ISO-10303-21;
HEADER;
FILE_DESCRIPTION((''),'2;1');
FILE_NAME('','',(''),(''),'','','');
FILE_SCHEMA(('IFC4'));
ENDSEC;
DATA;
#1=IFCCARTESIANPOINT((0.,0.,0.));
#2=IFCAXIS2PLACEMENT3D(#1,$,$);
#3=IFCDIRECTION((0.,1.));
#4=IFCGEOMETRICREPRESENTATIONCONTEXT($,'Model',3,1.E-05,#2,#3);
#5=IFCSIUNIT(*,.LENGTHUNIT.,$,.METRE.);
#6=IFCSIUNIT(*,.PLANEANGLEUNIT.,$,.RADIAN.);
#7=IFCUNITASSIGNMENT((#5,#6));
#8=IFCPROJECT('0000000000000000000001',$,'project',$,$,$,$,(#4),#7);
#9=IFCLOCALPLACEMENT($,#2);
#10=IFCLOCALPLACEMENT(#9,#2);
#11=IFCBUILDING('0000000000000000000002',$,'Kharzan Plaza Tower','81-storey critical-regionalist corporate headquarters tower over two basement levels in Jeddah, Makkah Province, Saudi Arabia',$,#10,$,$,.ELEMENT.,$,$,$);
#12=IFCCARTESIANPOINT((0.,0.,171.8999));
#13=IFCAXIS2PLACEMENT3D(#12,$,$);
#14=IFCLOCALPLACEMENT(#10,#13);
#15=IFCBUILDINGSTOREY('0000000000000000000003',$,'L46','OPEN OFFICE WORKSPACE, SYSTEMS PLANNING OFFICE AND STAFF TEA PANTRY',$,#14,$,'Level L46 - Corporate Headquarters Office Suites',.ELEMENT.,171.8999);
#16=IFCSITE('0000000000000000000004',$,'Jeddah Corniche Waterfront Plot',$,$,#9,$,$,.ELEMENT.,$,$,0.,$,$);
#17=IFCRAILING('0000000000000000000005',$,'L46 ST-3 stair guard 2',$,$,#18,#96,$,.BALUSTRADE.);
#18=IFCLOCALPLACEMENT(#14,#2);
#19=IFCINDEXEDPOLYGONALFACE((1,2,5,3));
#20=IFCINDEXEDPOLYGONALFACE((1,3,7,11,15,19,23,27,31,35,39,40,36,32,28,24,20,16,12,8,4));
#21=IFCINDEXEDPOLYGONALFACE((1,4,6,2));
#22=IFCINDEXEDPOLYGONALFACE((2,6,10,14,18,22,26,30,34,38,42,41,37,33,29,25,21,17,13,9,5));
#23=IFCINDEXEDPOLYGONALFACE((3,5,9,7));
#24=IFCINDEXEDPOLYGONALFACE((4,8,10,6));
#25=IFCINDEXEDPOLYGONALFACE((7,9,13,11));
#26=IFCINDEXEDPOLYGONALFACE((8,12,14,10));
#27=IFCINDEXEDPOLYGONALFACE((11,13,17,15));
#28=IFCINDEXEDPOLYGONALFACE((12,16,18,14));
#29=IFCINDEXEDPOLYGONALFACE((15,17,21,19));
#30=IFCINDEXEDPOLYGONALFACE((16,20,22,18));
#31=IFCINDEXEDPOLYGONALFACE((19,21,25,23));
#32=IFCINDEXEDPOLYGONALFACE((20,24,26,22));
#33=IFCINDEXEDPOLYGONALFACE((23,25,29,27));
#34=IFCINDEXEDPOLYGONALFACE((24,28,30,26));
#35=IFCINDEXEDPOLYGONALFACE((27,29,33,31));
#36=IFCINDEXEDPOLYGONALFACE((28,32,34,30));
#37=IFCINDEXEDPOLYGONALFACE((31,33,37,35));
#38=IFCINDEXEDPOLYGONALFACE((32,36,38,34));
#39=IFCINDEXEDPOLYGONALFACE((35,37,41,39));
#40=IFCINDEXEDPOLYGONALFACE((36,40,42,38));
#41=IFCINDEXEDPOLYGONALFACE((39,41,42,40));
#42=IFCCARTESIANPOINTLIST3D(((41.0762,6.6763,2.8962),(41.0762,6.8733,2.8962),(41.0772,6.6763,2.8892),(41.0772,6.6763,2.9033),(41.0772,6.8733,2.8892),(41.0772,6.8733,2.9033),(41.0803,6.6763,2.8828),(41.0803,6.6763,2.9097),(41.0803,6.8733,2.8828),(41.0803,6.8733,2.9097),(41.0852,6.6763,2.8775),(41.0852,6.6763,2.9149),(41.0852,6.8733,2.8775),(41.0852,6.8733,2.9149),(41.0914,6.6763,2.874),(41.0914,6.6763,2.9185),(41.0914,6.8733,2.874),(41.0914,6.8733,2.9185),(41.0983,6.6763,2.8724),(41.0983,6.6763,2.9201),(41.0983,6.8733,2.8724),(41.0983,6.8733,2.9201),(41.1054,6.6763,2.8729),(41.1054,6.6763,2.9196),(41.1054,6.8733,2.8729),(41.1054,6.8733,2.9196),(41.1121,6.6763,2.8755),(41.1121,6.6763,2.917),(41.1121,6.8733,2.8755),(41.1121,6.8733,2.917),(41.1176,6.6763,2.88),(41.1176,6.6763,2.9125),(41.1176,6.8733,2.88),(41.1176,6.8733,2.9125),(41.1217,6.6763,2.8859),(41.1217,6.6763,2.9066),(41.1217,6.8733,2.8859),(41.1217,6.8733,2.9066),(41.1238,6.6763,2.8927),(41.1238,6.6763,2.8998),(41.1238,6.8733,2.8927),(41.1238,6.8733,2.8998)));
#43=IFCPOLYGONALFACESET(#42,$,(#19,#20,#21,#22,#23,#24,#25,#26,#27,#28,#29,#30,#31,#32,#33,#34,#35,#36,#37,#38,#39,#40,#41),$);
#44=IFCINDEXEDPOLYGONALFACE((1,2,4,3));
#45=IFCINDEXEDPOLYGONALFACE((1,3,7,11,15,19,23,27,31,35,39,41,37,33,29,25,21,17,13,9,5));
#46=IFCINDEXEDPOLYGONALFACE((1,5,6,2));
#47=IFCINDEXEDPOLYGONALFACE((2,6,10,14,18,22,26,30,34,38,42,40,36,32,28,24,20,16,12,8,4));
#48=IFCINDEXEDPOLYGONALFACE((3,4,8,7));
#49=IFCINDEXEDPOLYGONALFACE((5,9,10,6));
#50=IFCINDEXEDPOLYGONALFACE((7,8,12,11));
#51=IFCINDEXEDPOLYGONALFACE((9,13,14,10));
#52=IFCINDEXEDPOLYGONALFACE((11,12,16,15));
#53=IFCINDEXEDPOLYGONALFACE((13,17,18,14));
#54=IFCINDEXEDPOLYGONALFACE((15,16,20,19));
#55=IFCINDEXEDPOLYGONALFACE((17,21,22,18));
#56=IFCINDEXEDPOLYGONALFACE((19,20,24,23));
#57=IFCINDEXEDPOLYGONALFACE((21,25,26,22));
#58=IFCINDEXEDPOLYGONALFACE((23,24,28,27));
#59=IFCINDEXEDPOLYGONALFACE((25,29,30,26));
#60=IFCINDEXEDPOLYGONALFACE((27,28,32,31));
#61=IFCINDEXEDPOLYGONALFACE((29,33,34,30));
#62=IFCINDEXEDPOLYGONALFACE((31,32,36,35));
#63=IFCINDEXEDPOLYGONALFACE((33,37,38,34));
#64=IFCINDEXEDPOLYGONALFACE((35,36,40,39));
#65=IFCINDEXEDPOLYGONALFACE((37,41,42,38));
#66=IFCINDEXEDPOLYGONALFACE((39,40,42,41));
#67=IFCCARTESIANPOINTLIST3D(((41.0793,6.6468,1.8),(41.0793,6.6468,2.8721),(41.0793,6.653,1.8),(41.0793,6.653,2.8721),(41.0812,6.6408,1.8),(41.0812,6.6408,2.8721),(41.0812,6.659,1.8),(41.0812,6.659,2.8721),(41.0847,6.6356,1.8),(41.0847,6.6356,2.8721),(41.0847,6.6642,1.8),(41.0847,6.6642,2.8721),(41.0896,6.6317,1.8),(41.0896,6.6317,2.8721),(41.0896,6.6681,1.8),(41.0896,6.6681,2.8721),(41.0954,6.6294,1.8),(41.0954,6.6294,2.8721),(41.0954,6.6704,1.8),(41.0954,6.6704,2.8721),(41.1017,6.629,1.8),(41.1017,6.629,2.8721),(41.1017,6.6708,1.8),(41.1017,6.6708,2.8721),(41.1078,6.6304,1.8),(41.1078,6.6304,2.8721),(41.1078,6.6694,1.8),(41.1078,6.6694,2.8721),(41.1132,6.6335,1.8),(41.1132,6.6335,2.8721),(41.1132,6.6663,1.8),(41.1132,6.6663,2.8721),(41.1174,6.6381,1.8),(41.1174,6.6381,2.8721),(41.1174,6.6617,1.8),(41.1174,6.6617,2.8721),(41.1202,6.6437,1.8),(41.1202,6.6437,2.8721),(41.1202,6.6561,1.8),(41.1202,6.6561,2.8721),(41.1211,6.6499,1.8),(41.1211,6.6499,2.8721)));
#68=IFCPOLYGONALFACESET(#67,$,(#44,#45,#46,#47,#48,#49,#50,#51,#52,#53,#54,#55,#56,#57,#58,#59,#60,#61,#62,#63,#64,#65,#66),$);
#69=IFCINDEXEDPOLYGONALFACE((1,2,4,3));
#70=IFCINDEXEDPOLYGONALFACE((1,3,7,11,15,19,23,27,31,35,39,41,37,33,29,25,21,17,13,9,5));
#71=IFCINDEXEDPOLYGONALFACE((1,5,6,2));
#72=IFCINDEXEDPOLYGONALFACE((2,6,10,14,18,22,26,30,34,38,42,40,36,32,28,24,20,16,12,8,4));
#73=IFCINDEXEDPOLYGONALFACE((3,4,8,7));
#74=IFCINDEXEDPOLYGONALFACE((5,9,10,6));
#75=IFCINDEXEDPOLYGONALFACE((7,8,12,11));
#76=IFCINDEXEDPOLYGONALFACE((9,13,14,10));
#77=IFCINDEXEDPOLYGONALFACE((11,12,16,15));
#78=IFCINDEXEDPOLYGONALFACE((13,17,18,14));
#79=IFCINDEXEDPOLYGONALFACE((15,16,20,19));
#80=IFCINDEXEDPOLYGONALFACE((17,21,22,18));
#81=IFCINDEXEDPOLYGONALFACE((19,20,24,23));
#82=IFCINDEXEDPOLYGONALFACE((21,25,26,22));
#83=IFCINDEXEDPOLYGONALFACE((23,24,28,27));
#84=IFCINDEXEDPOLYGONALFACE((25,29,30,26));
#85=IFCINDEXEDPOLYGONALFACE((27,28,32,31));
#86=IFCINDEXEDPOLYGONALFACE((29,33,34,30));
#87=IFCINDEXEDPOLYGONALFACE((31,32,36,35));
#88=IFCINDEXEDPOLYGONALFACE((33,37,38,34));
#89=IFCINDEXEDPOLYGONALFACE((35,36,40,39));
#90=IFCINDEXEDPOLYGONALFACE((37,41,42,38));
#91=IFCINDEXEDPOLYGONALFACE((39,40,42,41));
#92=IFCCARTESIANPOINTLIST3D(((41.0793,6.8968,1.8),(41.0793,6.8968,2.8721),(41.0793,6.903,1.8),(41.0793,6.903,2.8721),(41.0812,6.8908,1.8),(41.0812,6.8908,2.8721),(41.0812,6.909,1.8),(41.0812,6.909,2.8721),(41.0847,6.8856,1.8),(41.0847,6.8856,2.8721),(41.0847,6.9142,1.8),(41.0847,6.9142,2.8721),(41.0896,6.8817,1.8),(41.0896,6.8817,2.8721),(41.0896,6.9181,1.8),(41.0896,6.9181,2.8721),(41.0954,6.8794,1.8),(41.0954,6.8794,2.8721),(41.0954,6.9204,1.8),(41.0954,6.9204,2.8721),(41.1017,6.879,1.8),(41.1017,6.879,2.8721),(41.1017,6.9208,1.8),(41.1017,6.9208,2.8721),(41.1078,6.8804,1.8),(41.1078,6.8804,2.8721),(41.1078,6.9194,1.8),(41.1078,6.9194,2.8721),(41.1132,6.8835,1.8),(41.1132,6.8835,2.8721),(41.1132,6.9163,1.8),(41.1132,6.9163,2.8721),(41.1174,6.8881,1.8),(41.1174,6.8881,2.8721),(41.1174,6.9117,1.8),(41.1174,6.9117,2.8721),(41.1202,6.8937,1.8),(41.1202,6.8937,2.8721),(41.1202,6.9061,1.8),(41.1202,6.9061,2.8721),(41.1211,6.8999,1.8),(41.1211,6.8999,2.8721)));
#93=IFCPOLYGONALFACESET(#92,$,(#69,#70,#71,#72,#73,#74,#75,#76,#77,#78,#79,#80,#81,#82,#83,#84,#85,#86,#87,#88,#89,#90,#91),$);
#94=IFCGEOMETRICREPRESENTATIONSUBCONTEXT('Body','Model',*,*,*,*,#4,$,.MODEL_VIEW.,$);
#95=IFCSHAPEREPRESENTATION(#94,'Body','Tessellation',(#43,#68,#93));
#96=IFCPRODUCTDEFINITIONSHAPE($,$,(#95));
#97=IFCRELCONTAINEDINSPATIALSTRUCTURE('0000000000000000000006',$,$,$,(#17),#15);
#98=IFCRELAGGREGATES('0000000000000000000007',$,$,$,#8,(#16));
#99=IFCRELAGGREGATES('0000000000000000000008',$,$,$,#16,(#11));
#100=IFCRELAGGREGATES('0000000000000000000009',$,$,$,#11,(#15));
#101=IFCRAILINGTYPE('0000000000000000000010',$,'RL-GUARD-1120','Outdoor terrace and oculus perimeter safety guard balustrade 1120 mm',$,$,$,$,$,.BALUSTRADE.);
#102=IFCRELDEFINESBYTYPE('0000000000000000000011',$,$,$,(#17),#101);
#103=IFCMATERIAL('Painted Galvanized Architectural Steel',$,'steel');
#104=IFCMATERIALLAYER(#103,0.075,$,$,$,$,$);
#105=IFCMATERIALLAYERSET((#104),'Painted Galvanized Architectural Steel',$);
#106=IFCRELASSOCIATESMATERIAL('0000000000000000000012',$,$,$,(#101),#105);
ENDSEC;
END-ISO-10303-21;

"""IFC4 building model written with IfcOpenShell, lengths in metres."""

from ifc_helpers import new_model, si_unit, direction, frame, origin, origin_2d, place, context, subcontext, project, spatial, circle, extrude, source, transform, mapped, material, layer, layer_set, type_object, element, save


model = new_model("IFC4")

# Units and contexts
model_context = context("Model", 3, precision=1e-05, world=origin(), true_north=direction((0.0, 1.0)))
body_context = subcontext(model_context, "Body", "Model", "MODEL_VIEW")
ifc_project = project(units=[si_unit("LENGTHUNIT", "METRE"), si_unit("PLANEANGLEUNIT", "RADIAN")], contexts=[model_context])

# Site, building, storey
site_placement = place(None, origin())
site = spatial("IfcSite", under=ifc_project, at=site_placement, Name="Jeddah Corniche Waterfront Plot", CompositionType="ELEMENT", RefElevation=0.0)
building_placement = place(site_placement, origin())
building = spatial("IfcBuilding", under=site, at=building_placement, Name="Kharzan Plaza Tower", Description="81-storey critical-regionalist corporate headquarters tower over two basement levels in Jeddah, Makkah Province, Saudi Arabia", CompositionType="ELEMENT")
storey_placement = place(building_placement, frame((0.0, 0.0, 171.8999)))
storey = spatial("IfcBuildingStorey", under=building, at=storey_placement, Name="L46", Description="OPEN OFFICE WORKSPACE, SYSTEMS PLANNING OFFICE AND STAFF TEA PANTRY", LongName="Level L46 - Corporate Headquarters Office Suites", CompositionType="ELEMENT", Elevation=171.8999)

# Railing
ifc_material_1 = material(Name="Painted Galvanized Architectural Steel", Category="steel")
ifc_layer_1 = layer(ifc_material_1, 0.075)
ifc_layer_set_1 = layer_set([ifc_layer_1], Name="Painted Galvanized Architectural Steel")
railing_type_1 = type_object("IfcRailingType", Name="RL-GUARD-1120", Description="Outdoor terrace and oculus perimeter safety guard balustrade 1120 mm", PredefinedType="BALUSTRADE", material=ifc_layer_set_1)
shared_shape_1 = source(origin(), body_context, "Body", "SweptSolid", [
    extrude(circle(Radius=0.0239, at=origin_2d()), frame((0.0, 0.0264, 1.0962), z_axis=(0.0, 1.0, 0.0), x_axis=(-1.0, 0.0, 0.0)), (0.0, 0.0, 1.0), 0.197),
    extrude(circle(Radius=0.021, at=origin_2d()), origin(), (0.0, 0.0, 1.0), 1.072),
    extrude(circle(Radius=0.021, at=origin_2d()), frame((0.0, 0.25, 0.0)), (0.0, 0.0, 1.0), 1.072),
])
railing_1_placement = place(storey_placement, frame((41.1001, 6.6499, 1.8)))
element("IfcRailing", 1, at=railing_1_placement, inside=storey, type_object=railing_type_1, Name="L46 ST-3 stair guard 2", PredefinedType="BALUSTRADE", context=body_context, shape_type="MappedRepresentation", body=[
    mapped(shared_shape_1, transform((0.0, 0.0, 0.0), x_axis=(1.0, 0.0, 0.0), y_axis=(0.0, 1.0, 0.0), z_axis=(0.0, 0.0, 1.0))),
])

save(model, "model.ifc")
